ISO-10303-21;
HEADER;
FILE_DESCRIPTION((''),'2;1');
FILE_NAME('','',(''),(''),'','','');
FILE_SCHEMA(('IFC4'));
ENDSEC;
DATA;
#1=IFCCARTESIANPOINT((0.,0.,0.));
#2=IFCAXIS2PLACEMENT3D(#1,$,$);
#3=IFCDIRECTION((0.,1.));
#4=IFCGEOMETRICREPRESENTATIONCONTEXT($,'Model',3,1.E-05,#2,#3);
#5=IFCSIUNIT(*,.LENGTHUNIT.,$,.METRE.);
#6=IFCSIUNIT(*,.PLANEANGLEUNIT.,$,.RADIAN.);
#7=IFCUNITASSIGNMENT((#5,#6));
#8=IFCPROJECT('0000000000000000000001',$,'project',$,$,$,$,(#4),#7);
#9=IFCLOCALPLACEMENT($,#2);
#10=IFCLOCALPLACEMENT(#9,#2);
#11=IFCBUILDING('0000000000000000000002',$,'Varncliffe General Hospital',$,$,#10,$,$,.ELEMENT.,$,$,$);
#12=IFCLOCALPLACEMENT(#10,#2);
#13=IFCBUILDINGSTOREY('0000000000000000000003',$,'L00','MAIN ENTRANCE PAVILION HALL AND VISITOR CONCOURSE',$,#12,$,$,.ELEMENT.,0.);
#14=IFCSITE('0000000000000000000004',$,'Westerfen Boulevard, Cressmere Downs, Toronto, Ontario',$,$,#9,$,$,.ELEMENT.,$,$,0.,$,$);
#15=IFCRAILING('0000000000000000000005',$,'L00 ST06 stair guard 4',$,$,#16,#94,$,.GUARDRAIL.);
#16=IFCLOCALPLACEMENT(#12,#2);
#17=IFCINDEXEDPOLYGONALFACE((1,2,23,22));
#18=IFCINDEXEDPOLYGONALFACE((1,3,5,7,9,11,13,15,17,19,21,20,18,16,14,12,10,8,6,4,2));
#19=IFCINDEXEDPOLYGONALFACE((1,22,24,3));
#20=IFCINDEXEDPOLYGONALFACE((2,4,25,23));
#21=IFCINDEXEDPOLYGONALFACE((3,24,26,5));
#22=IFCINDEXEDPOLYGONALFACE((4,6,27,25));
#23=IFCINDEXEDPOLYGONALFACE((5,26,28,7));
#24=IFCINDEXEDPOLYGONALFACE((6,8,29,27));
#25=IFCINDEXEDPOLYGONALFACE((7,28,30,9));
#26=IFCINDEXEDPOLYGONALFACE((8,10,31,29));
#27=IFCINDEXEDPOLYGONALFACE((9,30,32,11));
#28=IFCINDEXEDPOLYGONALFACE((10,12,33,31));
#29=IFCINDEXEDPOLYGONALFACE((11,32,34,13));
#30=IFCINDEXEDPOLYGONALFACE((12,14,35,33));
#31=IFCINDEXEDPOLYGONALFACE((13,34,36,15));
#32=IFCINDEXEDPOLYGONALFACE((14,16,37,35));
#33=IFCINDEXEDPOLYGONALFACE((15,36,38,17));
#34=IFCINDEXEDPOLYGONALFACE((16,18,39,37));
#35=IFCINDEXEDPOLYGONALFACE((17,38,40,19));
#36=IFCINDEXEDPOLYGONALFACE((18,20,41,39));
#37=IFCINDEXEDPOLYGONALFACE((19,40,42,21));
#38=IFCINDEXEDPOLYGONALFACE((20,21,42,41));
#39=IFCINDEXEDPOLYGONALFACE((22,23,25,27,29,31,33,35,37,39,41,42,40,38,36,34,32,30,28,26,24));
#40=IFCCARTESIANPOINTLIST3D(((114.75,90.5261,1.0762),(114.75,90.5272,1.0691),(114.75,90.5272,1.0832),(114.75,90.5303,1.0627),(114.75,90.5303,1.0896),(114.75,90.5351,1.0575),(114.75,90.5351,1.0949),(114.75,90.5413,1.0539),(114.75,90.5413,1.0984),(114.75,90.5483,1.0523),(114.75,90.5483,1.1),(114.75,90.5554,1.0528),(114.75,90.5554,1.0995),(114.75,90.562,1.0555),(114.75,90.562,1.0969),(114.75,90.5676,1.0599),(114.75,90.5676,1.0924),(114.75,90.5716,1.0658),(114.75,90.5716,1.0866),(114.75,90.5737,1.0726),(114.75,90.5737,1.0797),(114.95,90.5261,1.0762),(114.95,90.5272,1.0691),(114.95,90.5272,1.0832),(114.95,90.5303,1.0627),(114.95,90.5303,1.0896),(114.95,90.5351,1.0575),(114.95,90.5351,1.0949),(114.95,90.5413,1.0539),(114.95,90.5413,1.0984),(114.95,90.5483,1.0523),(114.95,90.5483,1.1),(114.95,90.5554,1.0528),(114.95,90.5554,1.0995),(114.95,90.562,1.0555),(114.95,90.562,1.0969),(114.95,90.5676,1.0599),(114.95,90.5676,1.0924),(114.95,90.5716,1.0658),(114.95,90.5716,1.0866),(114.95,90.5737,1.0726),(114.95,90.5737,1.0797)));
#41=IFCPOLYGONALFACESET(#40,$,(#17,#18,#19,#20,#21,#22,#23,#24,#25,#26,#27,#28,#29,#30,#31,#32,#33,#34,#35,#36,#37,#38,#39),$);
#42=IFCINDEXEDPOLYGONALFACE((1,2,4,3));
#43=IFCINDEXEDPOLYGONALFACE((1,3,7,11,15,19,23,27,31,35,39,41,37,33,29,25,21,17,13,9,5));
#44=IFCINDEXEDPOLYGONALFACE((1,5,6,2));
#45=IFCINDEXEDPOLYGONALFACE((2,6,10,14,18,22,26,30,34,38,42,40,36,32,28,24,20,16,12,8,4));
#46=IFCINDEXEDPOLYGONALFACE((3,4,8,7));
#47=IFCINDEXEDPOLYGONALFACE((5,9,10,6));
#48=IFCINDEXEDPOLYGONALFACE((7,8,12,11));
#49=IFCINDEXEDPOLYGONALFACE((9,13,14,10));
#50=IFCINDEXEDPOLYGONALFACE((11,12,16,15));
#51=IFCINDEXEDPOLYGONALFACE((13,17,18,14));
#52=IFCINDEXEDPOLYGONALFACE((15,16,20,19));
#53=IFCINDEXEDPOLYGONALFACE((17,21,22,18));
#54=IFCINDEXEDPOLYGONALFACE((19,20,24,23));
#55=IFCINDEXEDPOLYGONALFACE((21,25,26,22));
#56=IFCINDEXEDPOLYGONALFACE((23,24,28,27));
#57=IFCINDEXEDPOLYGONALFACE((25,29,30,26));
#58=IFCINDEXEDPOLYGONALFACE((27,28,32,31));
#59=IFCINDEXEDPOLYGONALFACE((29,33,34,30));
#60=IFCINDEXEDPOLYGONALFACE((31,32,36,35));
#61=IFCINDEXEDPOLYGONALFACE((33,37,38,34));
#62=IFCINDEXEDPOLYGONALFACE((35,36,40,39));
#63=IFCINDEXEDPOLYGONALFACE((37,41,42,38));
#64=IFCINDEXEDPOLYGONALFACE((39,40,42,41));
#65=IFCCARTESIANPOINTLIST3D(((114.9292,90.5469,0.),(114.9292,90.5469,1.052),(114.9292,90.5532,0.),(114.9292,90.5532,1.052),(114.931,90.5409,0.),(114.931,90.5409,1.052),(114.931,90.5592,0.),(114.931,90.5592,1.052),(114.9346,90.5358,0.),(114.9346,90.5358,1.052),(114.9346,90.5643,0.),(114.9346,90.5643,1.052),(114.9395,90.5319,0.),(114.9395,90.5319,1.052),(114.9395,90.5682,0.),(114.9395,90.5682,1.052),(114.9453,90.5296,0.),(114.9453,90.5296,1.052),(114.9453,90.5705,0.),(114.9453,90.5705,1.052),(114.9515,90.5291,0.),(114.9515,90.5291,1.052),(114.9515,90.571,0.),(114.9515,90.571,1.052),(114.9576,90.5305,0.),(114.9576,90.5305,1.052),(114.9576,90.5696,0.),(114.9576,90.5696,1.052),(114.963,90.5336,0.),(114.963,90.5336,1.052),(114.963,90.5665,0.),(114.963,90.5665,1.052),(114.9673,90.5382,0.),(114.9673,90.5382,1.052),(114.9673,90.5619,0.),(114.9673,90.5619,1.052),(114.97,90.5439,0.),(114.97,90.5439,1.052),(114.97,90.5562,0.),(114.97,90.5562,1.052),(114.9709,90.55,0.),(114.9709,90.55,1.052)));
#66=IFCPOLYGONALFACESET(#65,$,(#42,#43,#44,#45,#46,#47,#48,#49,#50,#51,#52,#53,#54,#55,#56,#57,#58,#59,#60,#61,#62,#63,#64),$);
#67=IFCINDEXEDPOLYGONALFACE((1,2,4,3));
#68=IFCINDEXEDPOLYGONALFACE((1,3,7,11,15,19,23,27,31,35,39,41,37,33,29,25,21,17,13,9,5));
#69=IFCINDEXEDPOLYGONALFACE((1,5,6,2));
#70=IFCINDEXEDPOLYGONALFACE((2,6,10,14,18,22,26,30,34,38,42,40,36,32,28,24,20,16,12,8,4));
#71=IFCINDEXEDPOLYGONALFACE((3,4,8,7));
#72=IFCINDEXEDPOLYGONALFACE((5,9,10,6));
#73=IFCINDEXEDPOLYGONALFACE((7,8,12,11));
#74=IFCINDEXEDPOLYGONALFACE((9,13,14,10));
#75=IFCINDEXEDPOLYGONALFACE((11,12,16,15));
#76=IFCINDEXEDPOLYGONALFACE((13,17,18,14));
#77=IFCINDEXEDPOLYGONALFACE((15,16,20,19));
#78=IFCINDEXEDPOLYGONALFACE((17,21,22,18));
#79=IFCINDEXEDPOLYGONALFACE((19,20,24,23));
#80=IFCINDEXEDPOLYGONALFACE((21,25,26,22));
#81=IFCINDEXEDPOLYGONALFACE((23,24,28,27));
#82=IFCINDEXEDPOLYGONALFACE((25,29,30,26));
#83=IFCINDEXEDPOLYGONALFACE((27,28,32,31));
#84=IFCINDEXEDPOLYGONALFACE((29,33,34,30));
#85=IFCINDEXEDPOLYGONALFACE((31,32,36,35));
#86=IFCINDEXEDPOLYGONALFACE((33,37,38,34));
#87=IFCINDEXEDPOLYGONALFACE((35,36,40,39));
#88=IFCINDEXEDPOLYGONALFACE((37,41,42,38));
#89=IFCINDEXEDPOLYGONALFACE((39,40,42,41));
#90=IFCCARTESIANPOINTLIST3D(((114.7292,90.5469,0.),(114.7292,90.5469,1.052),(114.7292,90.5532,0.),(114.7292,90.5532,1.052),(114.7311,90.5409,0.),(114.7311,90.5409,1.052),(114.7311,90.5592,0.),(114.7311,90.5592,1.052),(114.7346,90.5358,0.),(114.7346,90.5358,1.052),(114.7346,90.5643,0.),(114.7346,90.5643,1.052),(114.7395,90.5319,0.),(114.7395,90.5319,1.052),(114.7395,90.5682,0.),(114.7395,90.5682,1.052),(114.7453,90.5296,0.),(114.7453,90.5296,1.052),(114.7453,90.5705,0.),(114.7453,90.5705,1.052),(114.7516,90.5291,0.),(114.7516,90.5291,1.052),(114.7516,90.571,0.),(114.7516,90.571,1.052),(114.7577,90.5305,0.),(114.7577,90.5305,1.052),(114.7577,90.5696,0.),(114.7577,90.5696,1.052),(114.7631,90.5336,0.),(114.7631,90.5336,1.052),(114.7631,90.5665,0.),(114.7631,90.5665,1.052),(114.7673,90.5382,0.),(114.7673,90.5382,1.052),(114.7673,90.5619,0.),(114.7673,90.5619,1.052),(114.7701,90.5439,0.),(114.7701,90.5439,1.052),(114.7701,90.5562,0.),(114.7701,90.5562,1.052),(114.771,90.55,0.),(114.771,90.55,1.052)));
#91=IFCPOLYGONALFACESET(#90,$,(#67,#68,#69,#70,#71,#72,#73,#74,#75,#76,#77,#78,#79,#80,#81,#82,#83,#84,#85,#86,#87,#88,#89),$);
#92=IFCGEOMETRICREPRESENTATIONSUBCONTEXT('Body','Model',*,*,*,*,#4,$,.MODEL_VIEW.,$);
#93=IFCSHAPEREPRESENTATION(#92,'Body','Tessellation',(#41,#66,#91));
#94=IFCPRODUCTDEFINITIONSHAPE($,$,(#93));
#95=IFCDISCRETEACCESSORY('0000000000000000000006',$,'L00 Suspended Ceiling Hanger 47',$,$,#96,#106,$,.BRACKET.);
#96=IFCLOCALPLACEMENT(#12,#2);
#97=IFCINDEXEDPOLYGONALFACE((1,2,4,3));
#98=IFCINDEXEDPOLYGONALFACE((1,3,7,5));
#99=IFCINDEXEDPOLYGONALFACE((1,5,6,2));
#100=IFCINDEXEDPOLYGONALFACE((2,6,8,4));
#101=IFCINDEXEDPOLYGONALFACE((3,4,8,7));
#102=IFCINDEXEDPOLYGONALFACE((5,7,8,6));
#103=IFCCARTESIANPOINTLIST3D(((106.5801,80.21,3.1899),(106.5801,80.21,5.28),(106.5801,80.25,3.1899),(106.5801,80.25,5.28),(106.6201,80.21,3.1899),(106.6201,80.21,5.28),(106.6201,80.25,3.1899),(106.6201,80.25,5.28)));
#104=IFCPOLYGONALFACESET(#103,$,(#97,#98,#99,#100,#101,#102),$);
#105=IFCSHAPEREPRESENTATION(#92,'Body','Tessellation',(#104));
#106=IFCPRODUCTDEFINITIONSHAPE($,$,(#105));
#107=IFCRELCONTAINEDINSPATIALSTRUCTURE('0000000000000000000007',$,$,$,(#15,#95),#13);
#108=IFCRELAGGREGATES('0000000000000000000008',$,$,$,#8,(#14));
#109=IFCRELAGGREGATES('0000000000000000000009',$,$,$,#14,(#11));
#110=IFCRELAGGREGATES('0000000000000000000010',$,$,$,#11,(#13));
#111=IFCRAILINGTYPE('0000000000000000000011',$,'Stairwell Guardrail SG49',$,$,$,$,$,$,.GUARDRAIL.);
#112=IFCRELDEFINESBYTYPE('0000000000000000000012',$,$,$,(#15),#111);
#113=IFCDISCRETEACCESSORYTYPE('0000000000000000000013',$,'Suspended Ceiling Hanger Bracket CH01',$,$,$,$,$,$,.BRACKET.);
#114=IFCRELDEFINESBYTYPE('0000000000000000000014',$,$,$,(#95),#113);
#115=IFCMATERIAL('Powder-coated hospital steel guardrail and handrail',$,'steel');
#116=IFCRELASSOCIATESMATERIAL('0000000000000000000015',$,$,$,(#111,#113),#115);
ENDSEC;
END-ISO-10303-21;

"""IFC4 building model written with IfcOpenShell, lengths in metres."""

from ifc_helpers import new_model, si_unit, direction, frame, origin, origin_2d, place, context, subcontext, project, spatial, rectangle, circle, extrude, material, type_object, element, save


model = new_model("IFC4")

# Units and contexts
model_context = context("Model", 3, precision=1e-05, world=origin(), true_north=direction((0.0, 1.0)))
body_context = subcontext(model_context, "Body", "Model", "MODEL_VIEW")
ifc_project = project(units=[si_unit("LENGTHUNIT", "METRE"), si_unit("PLANEANGLEUNIT", "RADIAN")], contexts=[model_context])

# Site, building, storey
site_placement = place(None, origin())
site = spatial("IfcSite", under=ifc_project, at=site_placement, Name="Westerfen Boulevard, Cressmere Downs, Toronto, Ontario", CompositionType="ELEMENT", RefElevation=0.0)
building_placement = place(site_placement, origin())
building = spatial("IfcBuilding", under=site, at=building_placement, Name="Varncliffe General Hospital", CompositionType="ELEMENT")
storey_placement = place(building_placement, origin())
storey = spatial("IfcBuildingStorey", under=building, at=storey_placement, Name="L00", Description="MAIN ENTRANCE PAVILION HALL AND VISITOR CONCOURSE", CompositionType="ELEMENT", Elevation=0.0)

# Railing
ifc_material_1 = material(Name="Powder-coated hospital steel guardrail and handrail", Category="steel")
railing_type = type_object("IfcRailingType", Name="Stairwell Guardrail SG49", PredefinedType="GUARDRAIL", material=ifc_material_1)
railing_1_placement = place(storey_placement, frame((114.95, 90.55, 0.0)))
element("IfcRailing", 1, at=railing_1_placement, inside=storey, type_object=railing_type, Name="L00 ST06 stair guard 4", PredefinedType="GUARDRAIL", context=body_context, shape_type="SweptSolid", body=[
    extrude(circle(Radius=0.0239, at=origin_2d()), frame((0.0, 0.0, 1.0762), z_axis=(-1.0, 0.0, 0.0), x_axis=(0.0, -1.0, 0.0)), (0.0, 0.0, 1.0), 0.2),
    extrude(circle(Radius=0.021, at=origin_2d()), origin(), (0.0, 0.0, 1.0), 1.052),
    extrude(circle(Radius=0.021, at=origin_2d()), frame((-0.2, 0.0, 0.0)), (0.0, 0.0, 1.0), 1.052),
])

# Discrete accessory
discrete_accessory_type = type_object("IfcDiscreteAccessoryType", Name="Suspended Ceiling Hanger Bracket CH01", PredefinedType="BRACKET", material=ifc_material_1)
discrete_accessory_placement = place(storey_placement, frame((106.6001, 80.23, 3.1899), z_axis=(0.0, 0.0, 1.0), x_axis=(1.0, 0.0, 0.0)))
element("IfcDiscreteAccessory", 2, at=discrete_accessory_placement, inside=storey, type_object=discrete_accessory_type, Name="L00 Suspended Ceiling Hanger 47", PredefinedType="BRACKET", context=body_context, shape_type="SweptSolid", body=[
    extrude(rectangle(XDim=0.04, YDim=0.04, at=origin_2d()), origin(), (0.0, 0.0, 1.0), 2.0901),
])

save(model, "model.ifc")
